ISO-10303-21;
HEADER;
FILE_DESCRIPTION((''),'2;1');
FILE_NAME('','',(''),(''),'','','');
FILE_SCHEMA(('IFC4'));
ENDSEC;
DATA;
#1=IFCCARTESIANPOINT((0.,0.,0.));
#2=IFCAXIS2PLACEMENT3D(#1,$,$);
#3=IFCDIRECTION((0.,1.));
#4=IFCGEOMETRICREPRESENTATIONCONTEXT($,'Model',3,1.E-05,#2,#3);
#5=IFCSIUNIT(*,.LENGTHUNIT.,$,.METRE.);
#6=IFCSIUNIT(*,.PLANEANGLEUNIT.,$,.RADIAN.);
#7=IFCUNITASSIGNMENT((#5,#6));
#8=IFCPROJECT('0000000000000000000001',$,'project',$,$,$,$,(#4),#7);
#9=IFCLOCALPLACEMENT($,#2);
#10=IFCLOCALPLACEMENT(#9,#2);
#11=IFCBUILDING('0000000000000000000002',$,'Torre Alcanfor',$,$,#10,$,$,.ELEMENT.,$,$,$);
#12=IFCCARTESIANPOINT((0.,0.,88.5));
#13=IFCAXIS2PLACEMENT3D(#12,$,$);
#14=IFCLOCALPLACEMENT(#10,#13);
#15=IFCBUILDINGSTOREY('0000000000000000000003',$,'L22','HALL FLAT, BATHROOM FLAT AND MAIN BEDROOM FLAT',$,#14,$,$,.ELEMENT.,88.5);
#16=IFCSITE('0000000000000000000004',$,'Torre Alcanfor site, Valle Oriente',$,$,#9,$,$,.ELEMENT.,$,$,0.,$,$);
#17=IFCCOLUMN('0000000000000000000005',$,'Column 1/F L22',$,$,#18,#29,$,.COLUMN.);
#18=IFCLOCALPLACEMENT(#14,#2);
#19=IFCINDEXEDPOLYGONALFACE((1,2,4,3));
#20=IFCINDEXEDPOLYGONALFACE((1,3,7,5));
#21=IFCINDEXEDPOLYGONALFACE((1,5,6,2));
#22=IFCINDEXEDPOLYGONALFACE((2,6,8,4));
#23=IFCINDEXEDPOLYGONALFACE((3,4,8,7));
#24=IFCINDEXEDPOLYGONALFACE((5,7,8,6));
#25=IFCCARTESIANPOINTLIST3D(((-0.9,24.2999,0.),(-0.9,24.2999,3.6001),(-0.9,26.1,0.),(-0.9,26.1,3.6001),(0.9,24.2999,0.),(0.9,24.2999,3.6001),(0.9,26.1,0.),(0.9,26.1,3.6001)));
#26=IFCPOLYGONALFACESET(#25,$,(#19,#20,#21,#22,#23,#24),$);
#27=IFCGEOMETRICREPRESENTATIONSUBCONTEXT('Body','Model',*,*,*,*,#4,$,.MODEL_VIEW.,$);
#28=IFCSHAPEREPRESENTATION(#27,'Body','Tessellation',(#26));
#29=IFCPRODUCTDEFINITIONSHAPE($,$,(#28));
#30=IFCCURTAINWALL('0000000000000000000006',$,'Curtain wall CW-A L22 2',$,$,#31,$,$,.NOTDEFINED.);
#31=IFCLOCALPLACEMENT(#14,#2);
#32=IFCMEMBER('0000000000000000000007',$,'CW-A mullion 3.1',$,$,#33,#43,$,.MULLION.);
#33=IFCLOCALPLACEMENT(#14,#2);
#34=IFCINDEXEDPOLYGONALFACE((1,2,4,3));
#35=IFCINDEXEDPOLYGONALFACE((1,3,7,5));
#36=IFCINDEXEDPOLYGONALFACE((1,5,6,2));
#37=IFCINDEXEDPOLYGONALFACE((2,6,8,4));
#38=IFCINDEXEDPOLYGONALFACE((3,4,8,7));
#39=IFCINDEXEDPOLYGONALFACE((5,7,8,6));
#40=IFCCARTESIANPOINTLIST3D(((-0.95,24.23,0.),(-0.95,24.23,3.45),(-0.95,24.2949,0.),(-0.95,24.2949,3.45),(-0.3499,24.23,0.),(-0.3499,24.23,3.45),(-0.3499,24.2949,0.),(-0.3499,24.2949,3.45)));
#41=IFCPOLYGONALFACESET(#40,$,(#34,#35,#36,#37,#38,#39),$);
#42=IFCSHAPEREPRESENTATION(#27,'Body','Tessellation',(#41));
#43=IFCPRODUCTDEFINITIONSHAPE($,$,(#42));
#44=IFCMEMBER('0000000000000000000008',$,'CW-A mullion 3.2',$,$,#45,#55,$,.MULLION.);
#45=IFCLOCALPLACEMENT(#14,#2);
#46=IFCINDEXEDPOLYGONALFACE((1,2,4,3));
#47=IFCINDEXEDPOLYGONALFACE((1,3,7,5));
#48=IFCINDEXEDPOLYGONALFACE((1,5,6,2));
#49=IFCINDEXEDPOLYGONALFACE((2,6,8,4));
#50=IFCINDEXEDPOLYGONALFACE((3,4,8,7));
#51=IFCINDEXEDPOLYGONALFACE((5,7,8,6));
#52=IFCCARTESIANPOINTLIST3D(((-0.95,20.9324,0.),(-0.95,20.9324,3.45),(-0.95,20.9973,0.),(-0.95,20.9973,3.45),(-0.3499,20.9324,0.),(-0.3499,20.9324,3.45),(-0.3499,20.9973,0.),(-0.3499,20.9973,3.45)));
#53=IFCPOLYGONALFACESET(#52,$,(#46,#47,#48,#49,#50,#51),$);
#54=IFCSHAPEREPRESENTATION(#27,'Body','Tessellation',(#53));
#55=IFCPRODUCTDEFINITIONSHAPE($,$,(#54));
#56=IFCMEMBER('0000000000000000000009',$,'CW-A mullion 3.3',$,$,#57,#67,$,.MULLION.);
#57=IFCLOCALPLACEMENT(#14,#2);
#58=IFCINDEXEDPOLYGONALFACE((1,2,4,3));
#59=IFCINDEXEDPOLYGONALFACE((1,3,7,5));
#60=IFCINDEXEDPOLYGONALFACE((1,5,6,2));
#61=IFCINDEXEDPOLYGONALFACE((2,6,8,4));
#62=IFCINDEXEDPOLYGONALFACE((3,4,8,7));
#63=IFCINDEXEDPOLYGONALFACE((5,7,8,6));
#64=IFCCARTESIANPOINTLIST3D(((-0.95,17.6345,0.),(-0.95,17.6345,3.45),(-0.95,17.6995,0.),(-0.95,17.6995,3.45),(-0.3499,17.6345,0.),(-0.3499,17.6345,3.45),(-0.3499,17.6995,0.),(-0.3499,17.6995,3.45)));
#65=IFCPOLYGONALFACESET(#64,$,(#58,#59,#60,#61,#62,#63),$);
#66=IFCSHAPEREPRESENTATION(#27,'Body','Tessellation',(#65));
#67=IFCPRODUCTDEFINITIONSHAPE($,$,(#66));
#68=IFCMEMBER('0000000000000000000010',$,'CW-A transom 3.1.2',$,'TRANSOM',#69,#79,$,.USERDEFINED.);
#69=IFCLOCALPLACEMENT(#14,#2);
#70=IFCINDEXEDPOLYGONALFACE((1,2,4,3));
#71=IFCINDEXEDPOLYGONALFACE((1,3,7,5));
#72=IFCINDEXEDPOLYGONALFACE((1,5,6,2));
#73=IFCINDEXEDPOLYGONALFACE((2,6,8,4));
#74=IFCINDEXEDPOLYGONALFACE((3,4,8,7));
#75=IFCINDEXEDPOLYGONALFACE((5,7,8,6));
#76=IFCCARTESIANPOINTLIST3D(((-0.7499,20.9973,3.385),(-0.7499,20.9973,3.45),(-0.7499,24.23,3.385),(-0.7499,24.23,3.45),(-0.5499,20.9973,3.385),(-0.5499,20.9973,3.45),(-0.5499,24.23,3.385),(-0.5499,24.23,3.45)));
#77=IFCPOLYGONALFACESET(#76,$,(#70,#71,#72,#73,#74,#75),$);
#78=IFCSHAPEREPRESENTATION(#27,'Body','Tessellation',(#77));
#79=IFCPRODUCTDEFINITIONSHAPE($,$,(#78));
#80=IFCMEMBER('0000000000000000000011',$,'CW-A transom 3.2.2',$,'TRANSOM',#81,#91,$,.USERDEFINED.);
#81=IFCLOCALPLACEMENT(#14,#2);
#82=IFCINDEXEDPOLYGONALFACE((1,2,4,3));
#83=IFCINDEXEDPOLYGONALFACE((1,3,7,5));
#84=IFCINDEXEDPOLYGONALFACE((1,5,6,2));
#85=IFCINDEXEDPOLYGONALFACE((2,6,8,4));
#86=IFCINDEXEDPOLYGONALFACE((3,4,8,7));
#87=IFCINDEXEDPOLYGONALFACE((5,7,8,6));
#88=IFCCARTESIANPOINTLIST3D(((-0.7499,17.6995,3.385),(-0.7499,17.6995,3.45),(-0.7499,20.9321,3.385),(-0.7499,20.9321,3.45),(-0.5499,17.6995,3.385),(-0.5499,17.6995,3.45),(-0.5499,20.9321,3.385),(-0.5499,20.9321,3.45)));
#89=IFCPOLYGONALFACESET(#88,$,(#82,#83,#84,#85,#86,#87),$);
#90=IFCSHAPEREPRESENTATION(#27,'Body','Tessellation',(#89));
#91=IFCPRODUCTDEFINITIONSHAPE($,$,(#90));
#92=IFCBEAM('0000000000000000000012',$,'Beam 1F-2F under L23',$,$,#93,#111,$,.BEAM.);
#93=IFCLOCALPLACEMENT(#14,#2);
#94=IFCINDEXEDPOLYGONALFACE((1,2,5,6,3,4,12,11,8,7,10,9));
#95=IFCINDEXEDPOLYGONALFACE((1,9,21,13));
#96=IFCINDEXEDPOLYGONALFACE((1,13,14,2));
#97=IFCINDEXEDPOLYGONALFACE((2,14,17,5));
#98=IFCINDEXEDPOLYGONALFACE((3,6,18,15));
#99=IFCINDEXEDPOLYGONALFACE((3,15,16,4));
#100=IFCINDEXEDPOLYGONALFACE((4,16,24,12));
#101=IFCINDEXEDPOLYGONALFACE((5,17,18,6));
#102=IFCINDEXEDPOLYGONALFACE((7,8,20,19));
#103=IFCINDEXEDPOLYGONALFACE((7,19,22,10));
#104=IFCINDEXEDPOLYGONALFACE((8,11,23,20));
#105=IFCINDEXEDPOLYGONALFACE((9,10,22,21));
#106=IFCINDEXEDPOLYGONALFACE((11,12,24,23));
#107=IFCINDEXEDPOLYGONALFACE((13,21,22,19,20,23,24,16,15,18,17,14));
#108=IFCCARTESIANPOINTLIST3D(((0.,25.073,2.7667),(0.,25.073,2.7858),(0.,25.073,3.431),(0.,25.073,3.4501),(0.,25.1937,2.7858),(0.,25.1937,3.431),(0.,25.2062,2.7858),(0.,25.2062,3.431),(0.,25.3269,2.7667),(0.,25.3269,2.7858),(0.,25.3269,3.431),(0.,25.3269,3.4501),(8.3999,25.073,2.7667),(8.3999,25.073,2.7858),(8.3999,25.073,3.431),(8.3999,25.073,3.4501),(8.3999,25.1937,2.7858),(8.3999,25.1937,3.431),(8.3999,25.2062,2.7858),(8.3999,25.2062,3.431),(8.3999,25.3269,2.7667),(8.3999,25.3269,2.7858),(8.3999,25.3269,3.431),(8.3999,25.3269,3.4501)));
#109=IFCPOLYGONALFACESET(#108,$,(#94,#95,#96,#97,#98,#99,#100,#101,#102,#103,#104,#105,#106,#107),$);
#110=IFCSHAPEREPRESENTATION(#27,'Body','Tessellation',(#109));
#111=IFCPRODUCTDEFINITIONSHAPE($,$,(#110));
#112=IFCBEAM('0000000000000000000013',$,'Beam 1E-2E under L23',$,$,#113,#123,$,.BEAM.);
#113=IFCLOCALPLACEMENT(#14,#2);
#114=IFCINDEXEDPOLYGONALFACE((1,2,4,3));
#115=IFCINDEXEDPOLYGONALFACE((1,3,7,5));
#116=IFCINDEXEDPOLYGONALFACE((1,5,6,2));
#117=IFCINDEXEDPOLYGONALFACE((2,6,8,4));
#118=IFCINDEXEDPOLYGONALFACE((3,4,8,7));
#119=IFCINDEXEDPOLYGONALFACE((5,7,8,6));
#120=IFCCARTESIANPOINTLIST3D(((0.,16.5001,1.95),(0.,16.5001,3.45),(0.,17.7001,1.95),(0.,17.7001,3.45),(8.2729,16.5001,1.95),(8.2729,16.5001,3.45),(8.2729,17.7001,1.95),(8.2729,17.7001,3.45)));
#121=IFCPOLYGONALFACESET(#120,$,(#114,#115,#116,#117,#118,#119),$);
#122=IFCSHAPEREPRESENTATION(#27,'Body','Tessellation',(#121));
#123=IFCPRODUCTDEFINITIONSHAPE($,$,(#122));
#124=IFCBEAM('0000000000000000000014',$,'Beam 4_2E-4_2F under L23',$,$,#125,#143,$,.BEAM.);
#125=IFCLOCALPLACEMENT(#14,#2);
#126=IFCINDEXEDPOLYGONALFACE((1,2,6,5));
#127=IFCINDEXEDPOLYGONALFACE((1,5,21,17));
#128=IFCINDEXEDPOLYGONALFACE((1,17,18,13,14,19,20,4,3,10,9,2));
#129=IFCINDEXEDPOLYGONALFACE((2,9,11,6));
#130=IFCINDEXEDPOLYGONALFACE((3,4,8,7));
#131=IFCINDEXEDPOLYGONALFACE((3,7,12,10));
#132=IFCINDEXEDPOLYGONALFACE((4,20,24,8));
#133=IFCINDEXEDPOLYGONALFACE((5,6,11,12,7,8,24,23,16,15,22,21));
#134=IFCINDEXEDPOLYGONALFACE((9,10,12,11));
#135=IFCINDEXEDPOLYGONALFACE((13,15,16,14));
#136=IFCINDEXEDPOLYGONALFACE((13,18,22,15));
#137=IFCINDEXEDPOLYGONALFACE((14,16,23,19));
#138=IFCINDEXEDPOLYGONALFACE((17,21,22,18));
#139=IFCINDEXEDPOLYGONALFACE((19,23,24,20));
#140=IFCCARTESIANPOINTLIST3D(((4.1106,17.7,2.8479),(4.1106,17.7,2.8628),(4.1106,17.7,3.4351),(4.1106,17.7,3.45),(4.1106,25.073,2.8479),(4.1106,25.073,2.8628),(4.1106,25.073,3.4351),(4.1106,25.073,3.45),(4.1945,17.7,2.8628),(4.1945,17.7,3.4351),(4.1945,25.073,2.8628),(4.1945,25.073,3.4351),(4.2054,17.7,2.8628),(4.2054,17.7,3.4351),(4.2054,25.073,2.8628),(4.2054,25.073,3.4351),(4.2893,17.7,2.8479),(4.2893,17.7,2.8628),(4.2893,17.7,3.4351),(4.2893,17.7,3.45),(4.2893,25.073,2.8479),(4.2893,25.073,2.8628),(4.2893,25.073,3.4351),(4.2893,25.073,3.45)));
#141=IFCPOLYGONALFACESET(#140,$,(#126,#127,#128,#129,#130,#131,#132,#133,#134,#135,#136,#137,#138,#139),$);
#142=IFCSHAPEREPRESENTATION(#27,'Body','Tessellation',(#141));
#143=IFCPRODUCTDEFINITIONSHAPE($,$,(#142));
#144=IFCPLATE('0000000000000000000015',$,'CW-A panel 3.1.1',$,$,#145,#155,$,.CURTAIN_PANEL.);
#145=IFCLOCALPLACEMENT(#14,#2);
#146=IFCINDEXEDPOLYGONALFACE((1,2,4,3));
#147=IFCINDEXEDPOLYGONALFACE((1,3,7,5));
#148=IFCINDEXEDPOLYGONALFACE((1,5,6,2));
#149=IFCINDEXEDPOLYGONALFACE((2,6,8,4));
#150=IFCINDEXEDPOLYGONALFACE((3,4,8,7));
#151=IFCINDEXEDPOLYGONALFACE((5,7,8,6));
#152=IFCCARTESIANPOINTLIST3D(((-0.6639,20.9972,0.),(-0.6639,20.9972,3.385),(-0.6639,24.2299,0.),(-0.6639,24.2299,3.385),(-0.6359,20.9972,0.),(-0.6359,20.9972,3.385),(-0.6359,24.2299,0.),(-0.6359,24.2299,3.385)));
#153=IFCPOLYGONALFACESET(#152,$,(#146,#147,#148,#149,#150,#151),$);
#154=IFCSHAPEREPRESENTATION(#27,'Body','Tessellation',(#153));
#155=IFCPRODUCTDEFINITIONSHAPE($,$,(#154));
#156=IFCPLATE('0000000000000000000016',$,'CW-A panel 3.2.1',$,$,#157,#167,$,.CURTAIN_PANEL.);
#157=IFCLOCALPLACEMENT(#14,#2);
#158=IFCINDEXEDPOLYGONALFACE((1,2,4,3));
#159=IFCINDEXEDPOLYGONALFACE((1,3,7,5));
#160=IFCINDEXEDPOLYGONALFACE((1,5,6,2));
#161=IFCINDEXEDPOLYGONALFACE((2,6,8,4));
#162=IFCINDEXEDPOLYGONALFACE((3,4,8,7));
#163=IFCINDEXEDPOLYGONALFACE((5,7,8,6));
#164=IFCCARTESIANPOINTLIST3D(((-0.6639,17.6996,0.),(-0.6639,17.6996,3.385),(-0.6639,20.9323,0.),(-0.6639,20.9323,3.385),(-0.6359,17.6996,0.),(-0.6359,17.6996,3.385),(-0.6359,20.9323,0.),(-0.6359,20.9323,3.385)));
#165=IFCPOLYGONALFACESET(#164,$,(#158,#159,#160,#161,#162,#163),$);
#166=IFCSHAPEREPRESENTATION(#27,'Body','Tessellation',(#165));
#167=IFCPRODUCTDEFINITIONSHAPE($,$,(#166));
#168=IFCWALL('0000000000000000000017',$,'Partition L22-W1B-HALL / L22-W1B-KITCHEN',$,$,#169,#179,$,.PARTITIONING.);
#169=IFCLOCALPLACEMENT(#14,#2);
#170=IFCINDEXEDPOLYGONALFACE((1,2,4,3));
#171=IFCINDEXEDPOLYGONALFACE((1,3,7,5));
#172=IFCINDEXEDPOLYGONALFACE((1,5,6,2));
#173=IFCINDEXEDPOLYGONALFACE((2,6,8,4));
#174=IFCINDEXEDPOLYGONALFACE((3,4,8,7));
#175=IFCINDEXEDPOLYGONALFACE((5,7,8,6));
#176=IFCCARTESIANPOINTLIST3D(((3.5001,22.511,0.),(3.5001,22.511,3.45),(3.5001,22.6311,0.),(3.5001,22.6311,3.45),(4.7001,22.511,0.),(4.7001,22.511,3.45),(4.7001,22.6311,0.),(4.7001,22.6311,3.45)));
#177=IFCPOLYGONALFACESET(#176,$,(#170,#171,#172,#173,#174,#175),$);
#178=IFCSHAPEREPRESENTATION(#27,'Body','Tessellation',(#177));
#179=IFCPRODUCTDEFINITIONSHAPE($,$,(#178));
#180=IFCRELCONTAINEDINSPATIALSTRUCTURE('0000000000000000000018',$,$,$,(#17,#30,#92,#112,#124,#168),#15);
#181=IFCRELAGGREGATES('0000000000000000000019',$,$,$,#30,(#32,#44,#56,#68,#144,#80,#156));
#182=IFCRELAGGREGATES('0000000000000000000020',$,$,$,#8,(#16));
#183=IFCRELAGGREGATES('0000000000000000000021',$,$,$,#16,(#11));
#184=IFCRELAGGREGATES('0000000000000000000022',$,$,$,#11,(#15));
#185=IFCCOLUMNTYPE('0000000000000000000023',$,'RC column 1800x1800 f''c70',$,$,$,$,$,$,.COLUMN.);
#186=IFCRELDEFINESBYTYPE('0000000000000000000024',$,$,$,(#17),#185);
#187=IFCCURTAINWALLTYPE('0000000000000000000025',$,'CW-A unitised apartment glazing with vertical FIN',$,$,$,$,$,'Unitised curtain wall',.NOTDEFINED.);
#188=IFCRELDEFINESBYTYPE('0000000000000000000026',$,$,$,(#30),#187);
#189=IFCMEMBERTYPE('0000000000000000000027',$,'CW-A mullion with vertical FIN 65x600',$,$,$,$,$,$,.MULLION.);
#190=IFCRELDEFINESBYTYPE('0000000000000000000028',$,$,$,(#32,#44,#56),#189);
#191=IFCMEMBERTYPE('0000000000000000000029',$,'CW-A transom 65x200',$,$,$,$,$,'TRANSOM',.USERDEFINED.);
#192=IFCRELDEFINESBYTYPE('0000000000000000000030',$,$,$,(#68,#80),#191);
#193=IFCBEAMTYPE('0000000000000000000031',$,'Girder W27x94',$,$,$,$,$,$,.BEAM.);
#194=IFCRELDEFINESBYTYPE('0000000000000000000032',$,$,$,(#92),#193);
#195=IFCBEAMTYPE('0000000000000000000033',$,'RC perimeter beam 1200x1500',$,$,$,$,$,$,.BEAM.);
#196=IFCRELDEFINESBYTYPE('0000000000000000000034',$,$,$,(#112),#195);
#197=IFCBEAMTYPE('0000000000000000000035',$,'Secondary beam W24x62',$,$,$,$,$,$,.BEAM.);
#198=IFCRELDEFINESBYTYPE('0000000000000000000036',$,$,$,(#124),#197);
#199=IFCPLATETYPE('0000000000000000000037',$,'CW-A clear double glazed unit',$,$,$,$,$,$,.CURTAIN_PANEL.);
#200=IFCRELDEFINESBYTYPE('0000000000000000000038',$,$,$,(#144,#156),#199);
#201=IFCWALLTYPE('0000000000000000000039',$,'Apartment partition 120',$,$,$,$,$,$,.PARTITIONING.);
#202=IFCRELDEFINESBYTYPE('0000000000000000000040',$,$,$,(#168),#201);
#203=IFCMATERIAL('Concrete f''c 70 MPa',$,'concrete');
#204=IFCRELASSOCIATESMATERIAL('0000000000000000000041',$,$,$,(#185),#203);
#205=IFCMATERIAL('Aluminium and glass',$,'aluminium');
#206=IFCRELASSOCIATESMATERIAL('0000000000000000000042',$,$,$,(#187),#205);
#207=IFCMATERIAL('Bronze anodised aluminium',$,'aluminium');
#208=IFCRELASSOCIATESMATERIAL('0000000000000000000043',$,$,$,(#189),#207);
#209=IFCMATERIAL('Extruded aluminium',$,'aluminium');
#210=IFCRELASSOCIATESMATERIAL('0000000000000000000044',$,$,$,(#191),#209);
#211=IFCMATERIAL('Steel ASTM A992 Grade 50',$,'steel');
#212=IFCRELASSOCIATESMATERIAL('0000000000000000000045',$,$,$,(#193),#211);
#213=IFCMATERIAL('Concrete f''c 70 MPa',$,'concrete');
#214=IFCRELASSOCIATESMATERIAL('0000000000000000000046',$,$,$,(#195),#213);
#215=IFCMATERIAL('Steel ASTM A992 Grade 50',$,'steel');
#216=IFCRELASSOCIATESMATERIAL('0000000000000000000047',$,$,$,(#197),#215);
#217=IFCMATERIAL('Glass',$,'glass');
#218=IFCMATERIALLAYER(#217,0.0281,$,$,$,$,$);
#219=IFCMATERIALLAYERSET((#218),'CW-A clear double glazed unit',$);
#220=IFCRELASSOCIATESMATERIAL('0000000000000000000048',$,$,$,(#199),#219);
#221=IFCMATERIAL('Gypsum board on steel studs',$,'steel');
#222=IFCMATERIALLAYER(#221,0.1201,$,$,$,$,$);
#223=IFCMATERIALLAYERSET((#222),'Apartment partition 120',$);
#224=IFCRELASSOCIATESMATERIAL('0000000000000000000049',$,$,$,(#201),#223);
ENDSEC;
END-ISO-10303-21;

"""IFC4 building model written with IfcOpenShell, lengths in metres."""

from ifc_helpers import new_model, si_unit, direction, frame, frame_2d, origin, origin_2d, place, context, subcontext, project, spatial, rectangle, i_section, extrude, material, layer, layer_set, material_profile, profile_set, type_object, element, aggregate, save


model = new_model("IFC4")

# Units and contexts
model_context = context("Model", 3, precision=1e-05, world=origin(), true_north=direction((0.0, 1.0)))
body_context = subcontext(model_context, "Body", "Model", "MODEL_VIEW")
ifc_project = project(units=[si_unit("LENGTHUNIT", "METRE"), si_unit("PLANEANGLEUNIT", "RADIAN")], contexts=[model_context])

# Site, building, storey
site_placement = place(None, origin())
site = spatial("IfcSite", under=ifc_project, at=site_placement, Name="Torre Alcanfor site, Valle Oriente", CompositionType="ELEMENT", RefElevation=0.0)
building_placement = place(site_placement, origin())
building = spatial("IfcBuilding", under=site, at=building_placement, Name="Torre Alcanfor", CompositionType="ELEMENT")
storey_placement = place(building_placement, frame((0.0, 0.0, 88.5)))
storey = spatial("IfcBuildingStorey", under=building, at=storey_placement, Name="L22", Description="HALL FLAT, BATHROOM FLAT AND MAIN BEDROOM FLAT", CompositionType="ELEMENT", Elevation=88.5)

# Column
ifc_material_1 = material(Name="Concrete f'c 70 MPa", Category="concrete")
ifc_material_profile_1 = material_profile(ifc_material_1, rectangle(XDim=1.8, YDim=1.8, at=origin_2d()), Name="1800x1800")
ifc_profile_set_1 = profile_set([ifc_material_profile_1], Name="Concrete f'c 70 MPa")
column_type = type_object("IfcColumnType", Name="RC column 1800x1800 f'c70", PredefinedType="COLUMN", material=ifc_profile_set_1)
column_placement = place(storey_placement, frame((0.0, 25.2, 0.0), z_axis=(0.0, 0.0, 1.0), x_axis=(1.0, 0.0, 0.0)))
element("IfcColumn", 1, at=column_placement, inside=storey, type_object=column_type, Name="Column 1/F L22", PredefinedType="COLUMN", context=body_context, shape_type="SweptSolid", body=[
    extrude(rectangle(XDim=1.8, YDim=1.8, at=origin_2d()), origin(), (0.0, 0.0, 1.0), 3.6001),
])

# Curtain wall, members
ifc_material_2 = material(Name="Aluminium and glass", Category="aluminium")
curtain_wall_type = type_object("IfcCurtainWallType", Name="CW-A unitised apartment glazing with vertical FIN", ElementType="Unitised curtain wall", PredefinedType="NOTDEFINED", material=ifc_material_2)
curtain_wall_placement = place(storey_placement, origin())
curtain_wall = element("IfcCurtainWall", 2, at=curtain_wall_placement, inside=storey, type_object=curtain_wall_type, Name="Curtain wall CW-A L22 2", PredefinedType="NOTDEFINED")
ifc_material_3 = material(Name="Bronze anodised aluminium", Category="aluminium")
ifc_material_profile_2 = material_profile(ifc_material_3, rectangle(XDim=0.6001, YDim=0.0649, at=origin_2d()), Name="CW-A mullion 65x600")
ifc_profile_set_2 = profile_set([ifc_material_profile_2], Name="Bronze anodised aluminium")
member_type_1 = type_object("IfcMemberType", Name="CW-A mullion with vertical FIN 65x600", PredefinedType="MULLION", material=ifc_profile_set_2)
member_1_placement = place(storey_placement, frame((-0.6499, 24.2625, 0.0), z_axis=(0.0, 0.0, 1.0), x_axis=(1.0, 0.0, 0.0)))
member_1 = element("IfcMember", 3, at=member_1_placement, type_object=member_type_1, Name="CW-A mullion 3.1", PredefinedType="MULLION", context=body_context, shape_type="SweptSolid", body=[
    extrude(rectangle(XDim=0.6001, YDim=0.0649, at=origin_2d()), origin(), (0.0, 0.0, 1.0), 3.45),
])
member_2_placement = place(storey_placement, frame((-0.6499, 20.9648, 0.0), z_axis=(0.0, 0.0, 1.0), x_axis=(1.0, 0.0, 0.0)))
member_2 = element("IfcMember", 4, at=member_2_placement, type_object=member_type_1, Name="CW-A mullion 3.2", PredefinedType="MULLION", context=body_context, shape_type="SweptSolid", body=[
    extrude(rectangle(XDim=0.6001, YDim=0.0649, at=origin_2d()), origin(), (0.0, 0.0, 1.0), 3.45),
])
member_3_placement = place(storey_placement, frame((-0.6499, 17.667, 0.0), z_axis=(0.0, 0.0, 1.0), x_axis=(1.0, 0.0, 0.0)))
member_3 = element("IfcMember", 5, at=member_3_placement, type_object=member_type_1, Name="CW-A mullion 3.3", PredefinedType="MULLION", context=body_context, shape_type="SweptSolid", body=[
    extrude(rectangle(XDim=0.6001, YDim=0.0649, at=origin_2d()), origin(), (0.0, 0.0, 1.0), 3.45),
])
ifc_material_4 = material(Name="Extruded aluminium", Category="aluminium")
ifc_material_profile_3 = material_profile(ifc_material_4, rectangle(XDim=0.2, YDim=0.0649, at=origin_2d()), Name="CW-A transom 200x65")
ifc_profile_set_3 = profile_set([ifc_material_profile_3], Name="Extruded aluminium")
member_type_2 = type_object("IfcMemberType", Name="CW-A transom 65x200", ElementType="TRANSOM", PredefinedType="USERDEFINED", material=ifc_profile_set_3)
member_4_placement = place(storey_placement, frame((-0.6499, 24.23, 3.4175), z_axis=(0.0, -1.0, 0.0), x_axis=(1.0, 0.0, 0.0)))
member_4 = element("IfcMember", 6, at=member_4_placement, type_object=member_type_2, Name="CW-A transom 3.1.2", ObjectType="TRANSOM", PredefinedType="USERDEFINED", context=body_context, shape_type="SweptSolid", body=[
    extrude(rectangle(XDim=0.2, YDim=0.0649, at=origin_2d()), origin(), (0.0, 0.0, 1.0), 3.2327),
])
member_5_placement = place(storey_placement, frame((-0.6499, 20.9321, 3.4175), z_axis=(0.0, -1.0, 0.0), x_axis=(1.0, 0.0, 0.0)))
member_5 = element("IfcMember", 7, at=member_5_placement, type_object=member_type_2, Name="CW-A transom 3.2.2", ObjectType="TRANSOM", PredefinedType="USERDEFINED", context=body_context, shape_type="SweptSolid", body=[
    extrude(rectangle(XDim=0.2, YDim=0.0649, at=origin_2d()), origin(), (0.0, 0.0, 1.0), 3.2327),
])

# Beams
ifc_material_5 = material(Name="Steel ASTM A992 Grade 50", Category="steel")
ifc_material_profile_4 = material_profile(ifc_material_5, i_section(OverallWidth=0.2539, OverallDepth=0.6833, WebThickness=0.0125, FlangeThickness=0.019, at=origin_2d()), Name="W27x94")
ifc_profile_set_4 = profile_set([ifc_material_profile_4], Name="Steel ASTM A992 Grade 50")
beam_type_1 = type_object("IfcBeamType", Name="Girder W27x94", PredefinedType="BEAM", material=ifc_profile_set_4)
beam_1_placement = place(storey_placement, frame((0.0, 25.2, 3.1084), z_axis=(1.0, 0.0, 0.0), x_axis=(0.0, 1.0, 0.0)))
element("IfcBeam", 8, at=beam_1_placement, inside=storey, type_object=beam_type_1, Name="Beam 1F-2F under L23", PredefinedType="BEAM", context=body_context, shape_type="SweptSolid", body=[
    extrude(i_section(OverallWidth=0.2539, OverallDepth=0.6833, WebThickness=0.0125, FlangeThickness=0.019, at=origin_2d()), origin(), (0.0, 0.0, 1.0), 8.3999),
])
ifc_material_6 = material(Name="Concrete f'c 70 MPa", Category="concrete")
ifc_material_profile_5 = material_profile(ifc_material_6, rectangle(XDim=1.2, YDim=1.5, at=origin_2d()), Name="1200x1500")
ifc_profile_set_5 = profile_set([ifc_material_profile_5], Name="Concrete f'c 70 MPa")
beam_type_2 = type_object("IfcBeamType", Name="RC perimeter beam 1200x1500", PredefinedType="BEAM", material=ifc_profile_set_5)
beam_2_placement = place(storey_placement, frame((0.0, 17.1001, 2.7), z_axis=(1.0, 0.0, 0.0), x_axis=(0.0, 1.0, 0.0)))
element("IfcBeam", 9, at=beam_2_placement, inside=storey, type_object=beam_type_2, Name="Beam 1E-2E under L23", PredefinedType="BEAM", context=body_context, shape_type="SweptSolid", body=[
    extrude(rectangle(XDim=1.2, YDim=1.5, at=origin_2d()), origin(), (0.0, 0.0, 1.0), 8.2729),
])
ifc_material_7 = material(Name="Steel ASTM A992 Grade 50", Category="steel")
ifc_material_profile_6 = material_profile(ifc_material_7, i_section(OverallWidth=0.1787, OverallDepth=0.6021, WebThickness=0.011, FlangeThickness=0.0149, at=origin_2d()), Name="W24x62")
ifc_profile_set_6 = profile_set([ifc_material_profile_6], Name="Steel ASTM A992 Grade 50")
beam_type_3 = type_object("IfcBeamType", Name="Secondary beam W24x62", PredefinedType="BEAM", material=ifc_profile_set_6)
beam_3_placement = place(storey_placement, frame((4.2, 17.7, 3.1489), z_axis=(0.0, 1.0, 0.0), x_axis=(-1.0, 0.0, 0.0)))
element("IfcBeam", 10, at=beam_3_placement, inside=storey, type_object=beam_type_3, Name="Beam 4_2E-4_2F under L23", PredefinedType="BEAM", context=body_context, shape_type="SweptSolid", body=[
    extrude(i_section(OverallWidth=0.1787, OverallDepth=0.6021, WebThickness=0.011, FlangeThickness=0.0149, at=origin_2d()), origin(), (0.0, 0.0, 1.0), 7.373),
])

# Plates
ifc_material_8 = material(Name="Glass", Category="glass")
ifc_layer_1 = layer(ifc_material_8, 0.0281)
ifc_layer_set_1 = layer_set([ifc_layer_1], Name="CW-A clear double glazed unit")
plate_type = type_object("IfcPlateType", Name="CW-A clear double glazed unit", PredefinedType="CURTAIN_PANEL", material=ifc_layer_set_1)
plate_1_placement = place(storey_placement, frame((-0.6499, 22.6135, 0.0), z_axis=(0.0, 0.0, 1.0), x_axis=(0.0, -1.0, 0.0)))
plate_1 = element("IfcPlate", 11, at=plate_1_placement, type_object=plate_type, Name="CW-A panel 3.1.1", PredefinedType="CURTAIN_PANEL", context=body_context, shape_type="SweptSolid", body=[
    extrude(rectangle(XDim=3.2327, YDim=0.0281, at=origin_2d()), origin(), (0.0, 0.0, 1.0), 3.385),
])
plate_2_placement = place(storey_placement, frame((-0.6499, 19.3159, 0.0), z_axis=(0.0, 0.0, 1.0), x_axis=(0.0, -1.0, 0.0)))
plate_2 = element("IfcPlate", 12, at=plate_2_placement, type_object=plate_type, Name="CW-A panel 3.2.1", PredefinedType="CURTAIN_PANEL", context=body_context, shape_type="SweptSolid", body=[
    extrude(rectangle(XDim=3.2327, YDim=0.0281, at=origin_2d()), origin(), (0.0, 0.0, 1.0), 3.385),
])
aggregate(curtain_wall, [member_1, member_2, member_3, member_4, plate_1, member_5, plate_2])

# Wall
ifc_material_9 = material(Name="Gypsum board on steel studs", Category="steel")
ifc_layer_2 = layer(ifc_material_9, 0.1201)
ifc_layer_set_2 = layer_set([ifc_layer_2], Name="Apartment partition 120")
wall_type_1 = type_object("IfcWallType", Name="Apartment partition 120", PredefinedType="PARTITIONING", material=ifc_layer_set_2)
wall_1_placement = place(storey_placement, frame((3.5, 22.571, 0.0), z_axis=(0.0, 0.0, 1.0), x_axis=(1.0, 0.0, 0.0)))
element("IfcWall", 13, at=wall_1_placement, inside=storey, type_object=wall_type_1, Name="Partition L22-W1B-HALL / L22-W1B-KITCHEN", PredefinedType="PARTITIONING", context=body_context, shape_type="SweptSolid", body=[
    extrude(rectangle(XDim=1.2, YDim=0.1201, at=frame_2d((0.6001, 0.0))), origin(), (0.0, 0.0, 1.0), 3.45),
])

save(model, "model.ifc")
